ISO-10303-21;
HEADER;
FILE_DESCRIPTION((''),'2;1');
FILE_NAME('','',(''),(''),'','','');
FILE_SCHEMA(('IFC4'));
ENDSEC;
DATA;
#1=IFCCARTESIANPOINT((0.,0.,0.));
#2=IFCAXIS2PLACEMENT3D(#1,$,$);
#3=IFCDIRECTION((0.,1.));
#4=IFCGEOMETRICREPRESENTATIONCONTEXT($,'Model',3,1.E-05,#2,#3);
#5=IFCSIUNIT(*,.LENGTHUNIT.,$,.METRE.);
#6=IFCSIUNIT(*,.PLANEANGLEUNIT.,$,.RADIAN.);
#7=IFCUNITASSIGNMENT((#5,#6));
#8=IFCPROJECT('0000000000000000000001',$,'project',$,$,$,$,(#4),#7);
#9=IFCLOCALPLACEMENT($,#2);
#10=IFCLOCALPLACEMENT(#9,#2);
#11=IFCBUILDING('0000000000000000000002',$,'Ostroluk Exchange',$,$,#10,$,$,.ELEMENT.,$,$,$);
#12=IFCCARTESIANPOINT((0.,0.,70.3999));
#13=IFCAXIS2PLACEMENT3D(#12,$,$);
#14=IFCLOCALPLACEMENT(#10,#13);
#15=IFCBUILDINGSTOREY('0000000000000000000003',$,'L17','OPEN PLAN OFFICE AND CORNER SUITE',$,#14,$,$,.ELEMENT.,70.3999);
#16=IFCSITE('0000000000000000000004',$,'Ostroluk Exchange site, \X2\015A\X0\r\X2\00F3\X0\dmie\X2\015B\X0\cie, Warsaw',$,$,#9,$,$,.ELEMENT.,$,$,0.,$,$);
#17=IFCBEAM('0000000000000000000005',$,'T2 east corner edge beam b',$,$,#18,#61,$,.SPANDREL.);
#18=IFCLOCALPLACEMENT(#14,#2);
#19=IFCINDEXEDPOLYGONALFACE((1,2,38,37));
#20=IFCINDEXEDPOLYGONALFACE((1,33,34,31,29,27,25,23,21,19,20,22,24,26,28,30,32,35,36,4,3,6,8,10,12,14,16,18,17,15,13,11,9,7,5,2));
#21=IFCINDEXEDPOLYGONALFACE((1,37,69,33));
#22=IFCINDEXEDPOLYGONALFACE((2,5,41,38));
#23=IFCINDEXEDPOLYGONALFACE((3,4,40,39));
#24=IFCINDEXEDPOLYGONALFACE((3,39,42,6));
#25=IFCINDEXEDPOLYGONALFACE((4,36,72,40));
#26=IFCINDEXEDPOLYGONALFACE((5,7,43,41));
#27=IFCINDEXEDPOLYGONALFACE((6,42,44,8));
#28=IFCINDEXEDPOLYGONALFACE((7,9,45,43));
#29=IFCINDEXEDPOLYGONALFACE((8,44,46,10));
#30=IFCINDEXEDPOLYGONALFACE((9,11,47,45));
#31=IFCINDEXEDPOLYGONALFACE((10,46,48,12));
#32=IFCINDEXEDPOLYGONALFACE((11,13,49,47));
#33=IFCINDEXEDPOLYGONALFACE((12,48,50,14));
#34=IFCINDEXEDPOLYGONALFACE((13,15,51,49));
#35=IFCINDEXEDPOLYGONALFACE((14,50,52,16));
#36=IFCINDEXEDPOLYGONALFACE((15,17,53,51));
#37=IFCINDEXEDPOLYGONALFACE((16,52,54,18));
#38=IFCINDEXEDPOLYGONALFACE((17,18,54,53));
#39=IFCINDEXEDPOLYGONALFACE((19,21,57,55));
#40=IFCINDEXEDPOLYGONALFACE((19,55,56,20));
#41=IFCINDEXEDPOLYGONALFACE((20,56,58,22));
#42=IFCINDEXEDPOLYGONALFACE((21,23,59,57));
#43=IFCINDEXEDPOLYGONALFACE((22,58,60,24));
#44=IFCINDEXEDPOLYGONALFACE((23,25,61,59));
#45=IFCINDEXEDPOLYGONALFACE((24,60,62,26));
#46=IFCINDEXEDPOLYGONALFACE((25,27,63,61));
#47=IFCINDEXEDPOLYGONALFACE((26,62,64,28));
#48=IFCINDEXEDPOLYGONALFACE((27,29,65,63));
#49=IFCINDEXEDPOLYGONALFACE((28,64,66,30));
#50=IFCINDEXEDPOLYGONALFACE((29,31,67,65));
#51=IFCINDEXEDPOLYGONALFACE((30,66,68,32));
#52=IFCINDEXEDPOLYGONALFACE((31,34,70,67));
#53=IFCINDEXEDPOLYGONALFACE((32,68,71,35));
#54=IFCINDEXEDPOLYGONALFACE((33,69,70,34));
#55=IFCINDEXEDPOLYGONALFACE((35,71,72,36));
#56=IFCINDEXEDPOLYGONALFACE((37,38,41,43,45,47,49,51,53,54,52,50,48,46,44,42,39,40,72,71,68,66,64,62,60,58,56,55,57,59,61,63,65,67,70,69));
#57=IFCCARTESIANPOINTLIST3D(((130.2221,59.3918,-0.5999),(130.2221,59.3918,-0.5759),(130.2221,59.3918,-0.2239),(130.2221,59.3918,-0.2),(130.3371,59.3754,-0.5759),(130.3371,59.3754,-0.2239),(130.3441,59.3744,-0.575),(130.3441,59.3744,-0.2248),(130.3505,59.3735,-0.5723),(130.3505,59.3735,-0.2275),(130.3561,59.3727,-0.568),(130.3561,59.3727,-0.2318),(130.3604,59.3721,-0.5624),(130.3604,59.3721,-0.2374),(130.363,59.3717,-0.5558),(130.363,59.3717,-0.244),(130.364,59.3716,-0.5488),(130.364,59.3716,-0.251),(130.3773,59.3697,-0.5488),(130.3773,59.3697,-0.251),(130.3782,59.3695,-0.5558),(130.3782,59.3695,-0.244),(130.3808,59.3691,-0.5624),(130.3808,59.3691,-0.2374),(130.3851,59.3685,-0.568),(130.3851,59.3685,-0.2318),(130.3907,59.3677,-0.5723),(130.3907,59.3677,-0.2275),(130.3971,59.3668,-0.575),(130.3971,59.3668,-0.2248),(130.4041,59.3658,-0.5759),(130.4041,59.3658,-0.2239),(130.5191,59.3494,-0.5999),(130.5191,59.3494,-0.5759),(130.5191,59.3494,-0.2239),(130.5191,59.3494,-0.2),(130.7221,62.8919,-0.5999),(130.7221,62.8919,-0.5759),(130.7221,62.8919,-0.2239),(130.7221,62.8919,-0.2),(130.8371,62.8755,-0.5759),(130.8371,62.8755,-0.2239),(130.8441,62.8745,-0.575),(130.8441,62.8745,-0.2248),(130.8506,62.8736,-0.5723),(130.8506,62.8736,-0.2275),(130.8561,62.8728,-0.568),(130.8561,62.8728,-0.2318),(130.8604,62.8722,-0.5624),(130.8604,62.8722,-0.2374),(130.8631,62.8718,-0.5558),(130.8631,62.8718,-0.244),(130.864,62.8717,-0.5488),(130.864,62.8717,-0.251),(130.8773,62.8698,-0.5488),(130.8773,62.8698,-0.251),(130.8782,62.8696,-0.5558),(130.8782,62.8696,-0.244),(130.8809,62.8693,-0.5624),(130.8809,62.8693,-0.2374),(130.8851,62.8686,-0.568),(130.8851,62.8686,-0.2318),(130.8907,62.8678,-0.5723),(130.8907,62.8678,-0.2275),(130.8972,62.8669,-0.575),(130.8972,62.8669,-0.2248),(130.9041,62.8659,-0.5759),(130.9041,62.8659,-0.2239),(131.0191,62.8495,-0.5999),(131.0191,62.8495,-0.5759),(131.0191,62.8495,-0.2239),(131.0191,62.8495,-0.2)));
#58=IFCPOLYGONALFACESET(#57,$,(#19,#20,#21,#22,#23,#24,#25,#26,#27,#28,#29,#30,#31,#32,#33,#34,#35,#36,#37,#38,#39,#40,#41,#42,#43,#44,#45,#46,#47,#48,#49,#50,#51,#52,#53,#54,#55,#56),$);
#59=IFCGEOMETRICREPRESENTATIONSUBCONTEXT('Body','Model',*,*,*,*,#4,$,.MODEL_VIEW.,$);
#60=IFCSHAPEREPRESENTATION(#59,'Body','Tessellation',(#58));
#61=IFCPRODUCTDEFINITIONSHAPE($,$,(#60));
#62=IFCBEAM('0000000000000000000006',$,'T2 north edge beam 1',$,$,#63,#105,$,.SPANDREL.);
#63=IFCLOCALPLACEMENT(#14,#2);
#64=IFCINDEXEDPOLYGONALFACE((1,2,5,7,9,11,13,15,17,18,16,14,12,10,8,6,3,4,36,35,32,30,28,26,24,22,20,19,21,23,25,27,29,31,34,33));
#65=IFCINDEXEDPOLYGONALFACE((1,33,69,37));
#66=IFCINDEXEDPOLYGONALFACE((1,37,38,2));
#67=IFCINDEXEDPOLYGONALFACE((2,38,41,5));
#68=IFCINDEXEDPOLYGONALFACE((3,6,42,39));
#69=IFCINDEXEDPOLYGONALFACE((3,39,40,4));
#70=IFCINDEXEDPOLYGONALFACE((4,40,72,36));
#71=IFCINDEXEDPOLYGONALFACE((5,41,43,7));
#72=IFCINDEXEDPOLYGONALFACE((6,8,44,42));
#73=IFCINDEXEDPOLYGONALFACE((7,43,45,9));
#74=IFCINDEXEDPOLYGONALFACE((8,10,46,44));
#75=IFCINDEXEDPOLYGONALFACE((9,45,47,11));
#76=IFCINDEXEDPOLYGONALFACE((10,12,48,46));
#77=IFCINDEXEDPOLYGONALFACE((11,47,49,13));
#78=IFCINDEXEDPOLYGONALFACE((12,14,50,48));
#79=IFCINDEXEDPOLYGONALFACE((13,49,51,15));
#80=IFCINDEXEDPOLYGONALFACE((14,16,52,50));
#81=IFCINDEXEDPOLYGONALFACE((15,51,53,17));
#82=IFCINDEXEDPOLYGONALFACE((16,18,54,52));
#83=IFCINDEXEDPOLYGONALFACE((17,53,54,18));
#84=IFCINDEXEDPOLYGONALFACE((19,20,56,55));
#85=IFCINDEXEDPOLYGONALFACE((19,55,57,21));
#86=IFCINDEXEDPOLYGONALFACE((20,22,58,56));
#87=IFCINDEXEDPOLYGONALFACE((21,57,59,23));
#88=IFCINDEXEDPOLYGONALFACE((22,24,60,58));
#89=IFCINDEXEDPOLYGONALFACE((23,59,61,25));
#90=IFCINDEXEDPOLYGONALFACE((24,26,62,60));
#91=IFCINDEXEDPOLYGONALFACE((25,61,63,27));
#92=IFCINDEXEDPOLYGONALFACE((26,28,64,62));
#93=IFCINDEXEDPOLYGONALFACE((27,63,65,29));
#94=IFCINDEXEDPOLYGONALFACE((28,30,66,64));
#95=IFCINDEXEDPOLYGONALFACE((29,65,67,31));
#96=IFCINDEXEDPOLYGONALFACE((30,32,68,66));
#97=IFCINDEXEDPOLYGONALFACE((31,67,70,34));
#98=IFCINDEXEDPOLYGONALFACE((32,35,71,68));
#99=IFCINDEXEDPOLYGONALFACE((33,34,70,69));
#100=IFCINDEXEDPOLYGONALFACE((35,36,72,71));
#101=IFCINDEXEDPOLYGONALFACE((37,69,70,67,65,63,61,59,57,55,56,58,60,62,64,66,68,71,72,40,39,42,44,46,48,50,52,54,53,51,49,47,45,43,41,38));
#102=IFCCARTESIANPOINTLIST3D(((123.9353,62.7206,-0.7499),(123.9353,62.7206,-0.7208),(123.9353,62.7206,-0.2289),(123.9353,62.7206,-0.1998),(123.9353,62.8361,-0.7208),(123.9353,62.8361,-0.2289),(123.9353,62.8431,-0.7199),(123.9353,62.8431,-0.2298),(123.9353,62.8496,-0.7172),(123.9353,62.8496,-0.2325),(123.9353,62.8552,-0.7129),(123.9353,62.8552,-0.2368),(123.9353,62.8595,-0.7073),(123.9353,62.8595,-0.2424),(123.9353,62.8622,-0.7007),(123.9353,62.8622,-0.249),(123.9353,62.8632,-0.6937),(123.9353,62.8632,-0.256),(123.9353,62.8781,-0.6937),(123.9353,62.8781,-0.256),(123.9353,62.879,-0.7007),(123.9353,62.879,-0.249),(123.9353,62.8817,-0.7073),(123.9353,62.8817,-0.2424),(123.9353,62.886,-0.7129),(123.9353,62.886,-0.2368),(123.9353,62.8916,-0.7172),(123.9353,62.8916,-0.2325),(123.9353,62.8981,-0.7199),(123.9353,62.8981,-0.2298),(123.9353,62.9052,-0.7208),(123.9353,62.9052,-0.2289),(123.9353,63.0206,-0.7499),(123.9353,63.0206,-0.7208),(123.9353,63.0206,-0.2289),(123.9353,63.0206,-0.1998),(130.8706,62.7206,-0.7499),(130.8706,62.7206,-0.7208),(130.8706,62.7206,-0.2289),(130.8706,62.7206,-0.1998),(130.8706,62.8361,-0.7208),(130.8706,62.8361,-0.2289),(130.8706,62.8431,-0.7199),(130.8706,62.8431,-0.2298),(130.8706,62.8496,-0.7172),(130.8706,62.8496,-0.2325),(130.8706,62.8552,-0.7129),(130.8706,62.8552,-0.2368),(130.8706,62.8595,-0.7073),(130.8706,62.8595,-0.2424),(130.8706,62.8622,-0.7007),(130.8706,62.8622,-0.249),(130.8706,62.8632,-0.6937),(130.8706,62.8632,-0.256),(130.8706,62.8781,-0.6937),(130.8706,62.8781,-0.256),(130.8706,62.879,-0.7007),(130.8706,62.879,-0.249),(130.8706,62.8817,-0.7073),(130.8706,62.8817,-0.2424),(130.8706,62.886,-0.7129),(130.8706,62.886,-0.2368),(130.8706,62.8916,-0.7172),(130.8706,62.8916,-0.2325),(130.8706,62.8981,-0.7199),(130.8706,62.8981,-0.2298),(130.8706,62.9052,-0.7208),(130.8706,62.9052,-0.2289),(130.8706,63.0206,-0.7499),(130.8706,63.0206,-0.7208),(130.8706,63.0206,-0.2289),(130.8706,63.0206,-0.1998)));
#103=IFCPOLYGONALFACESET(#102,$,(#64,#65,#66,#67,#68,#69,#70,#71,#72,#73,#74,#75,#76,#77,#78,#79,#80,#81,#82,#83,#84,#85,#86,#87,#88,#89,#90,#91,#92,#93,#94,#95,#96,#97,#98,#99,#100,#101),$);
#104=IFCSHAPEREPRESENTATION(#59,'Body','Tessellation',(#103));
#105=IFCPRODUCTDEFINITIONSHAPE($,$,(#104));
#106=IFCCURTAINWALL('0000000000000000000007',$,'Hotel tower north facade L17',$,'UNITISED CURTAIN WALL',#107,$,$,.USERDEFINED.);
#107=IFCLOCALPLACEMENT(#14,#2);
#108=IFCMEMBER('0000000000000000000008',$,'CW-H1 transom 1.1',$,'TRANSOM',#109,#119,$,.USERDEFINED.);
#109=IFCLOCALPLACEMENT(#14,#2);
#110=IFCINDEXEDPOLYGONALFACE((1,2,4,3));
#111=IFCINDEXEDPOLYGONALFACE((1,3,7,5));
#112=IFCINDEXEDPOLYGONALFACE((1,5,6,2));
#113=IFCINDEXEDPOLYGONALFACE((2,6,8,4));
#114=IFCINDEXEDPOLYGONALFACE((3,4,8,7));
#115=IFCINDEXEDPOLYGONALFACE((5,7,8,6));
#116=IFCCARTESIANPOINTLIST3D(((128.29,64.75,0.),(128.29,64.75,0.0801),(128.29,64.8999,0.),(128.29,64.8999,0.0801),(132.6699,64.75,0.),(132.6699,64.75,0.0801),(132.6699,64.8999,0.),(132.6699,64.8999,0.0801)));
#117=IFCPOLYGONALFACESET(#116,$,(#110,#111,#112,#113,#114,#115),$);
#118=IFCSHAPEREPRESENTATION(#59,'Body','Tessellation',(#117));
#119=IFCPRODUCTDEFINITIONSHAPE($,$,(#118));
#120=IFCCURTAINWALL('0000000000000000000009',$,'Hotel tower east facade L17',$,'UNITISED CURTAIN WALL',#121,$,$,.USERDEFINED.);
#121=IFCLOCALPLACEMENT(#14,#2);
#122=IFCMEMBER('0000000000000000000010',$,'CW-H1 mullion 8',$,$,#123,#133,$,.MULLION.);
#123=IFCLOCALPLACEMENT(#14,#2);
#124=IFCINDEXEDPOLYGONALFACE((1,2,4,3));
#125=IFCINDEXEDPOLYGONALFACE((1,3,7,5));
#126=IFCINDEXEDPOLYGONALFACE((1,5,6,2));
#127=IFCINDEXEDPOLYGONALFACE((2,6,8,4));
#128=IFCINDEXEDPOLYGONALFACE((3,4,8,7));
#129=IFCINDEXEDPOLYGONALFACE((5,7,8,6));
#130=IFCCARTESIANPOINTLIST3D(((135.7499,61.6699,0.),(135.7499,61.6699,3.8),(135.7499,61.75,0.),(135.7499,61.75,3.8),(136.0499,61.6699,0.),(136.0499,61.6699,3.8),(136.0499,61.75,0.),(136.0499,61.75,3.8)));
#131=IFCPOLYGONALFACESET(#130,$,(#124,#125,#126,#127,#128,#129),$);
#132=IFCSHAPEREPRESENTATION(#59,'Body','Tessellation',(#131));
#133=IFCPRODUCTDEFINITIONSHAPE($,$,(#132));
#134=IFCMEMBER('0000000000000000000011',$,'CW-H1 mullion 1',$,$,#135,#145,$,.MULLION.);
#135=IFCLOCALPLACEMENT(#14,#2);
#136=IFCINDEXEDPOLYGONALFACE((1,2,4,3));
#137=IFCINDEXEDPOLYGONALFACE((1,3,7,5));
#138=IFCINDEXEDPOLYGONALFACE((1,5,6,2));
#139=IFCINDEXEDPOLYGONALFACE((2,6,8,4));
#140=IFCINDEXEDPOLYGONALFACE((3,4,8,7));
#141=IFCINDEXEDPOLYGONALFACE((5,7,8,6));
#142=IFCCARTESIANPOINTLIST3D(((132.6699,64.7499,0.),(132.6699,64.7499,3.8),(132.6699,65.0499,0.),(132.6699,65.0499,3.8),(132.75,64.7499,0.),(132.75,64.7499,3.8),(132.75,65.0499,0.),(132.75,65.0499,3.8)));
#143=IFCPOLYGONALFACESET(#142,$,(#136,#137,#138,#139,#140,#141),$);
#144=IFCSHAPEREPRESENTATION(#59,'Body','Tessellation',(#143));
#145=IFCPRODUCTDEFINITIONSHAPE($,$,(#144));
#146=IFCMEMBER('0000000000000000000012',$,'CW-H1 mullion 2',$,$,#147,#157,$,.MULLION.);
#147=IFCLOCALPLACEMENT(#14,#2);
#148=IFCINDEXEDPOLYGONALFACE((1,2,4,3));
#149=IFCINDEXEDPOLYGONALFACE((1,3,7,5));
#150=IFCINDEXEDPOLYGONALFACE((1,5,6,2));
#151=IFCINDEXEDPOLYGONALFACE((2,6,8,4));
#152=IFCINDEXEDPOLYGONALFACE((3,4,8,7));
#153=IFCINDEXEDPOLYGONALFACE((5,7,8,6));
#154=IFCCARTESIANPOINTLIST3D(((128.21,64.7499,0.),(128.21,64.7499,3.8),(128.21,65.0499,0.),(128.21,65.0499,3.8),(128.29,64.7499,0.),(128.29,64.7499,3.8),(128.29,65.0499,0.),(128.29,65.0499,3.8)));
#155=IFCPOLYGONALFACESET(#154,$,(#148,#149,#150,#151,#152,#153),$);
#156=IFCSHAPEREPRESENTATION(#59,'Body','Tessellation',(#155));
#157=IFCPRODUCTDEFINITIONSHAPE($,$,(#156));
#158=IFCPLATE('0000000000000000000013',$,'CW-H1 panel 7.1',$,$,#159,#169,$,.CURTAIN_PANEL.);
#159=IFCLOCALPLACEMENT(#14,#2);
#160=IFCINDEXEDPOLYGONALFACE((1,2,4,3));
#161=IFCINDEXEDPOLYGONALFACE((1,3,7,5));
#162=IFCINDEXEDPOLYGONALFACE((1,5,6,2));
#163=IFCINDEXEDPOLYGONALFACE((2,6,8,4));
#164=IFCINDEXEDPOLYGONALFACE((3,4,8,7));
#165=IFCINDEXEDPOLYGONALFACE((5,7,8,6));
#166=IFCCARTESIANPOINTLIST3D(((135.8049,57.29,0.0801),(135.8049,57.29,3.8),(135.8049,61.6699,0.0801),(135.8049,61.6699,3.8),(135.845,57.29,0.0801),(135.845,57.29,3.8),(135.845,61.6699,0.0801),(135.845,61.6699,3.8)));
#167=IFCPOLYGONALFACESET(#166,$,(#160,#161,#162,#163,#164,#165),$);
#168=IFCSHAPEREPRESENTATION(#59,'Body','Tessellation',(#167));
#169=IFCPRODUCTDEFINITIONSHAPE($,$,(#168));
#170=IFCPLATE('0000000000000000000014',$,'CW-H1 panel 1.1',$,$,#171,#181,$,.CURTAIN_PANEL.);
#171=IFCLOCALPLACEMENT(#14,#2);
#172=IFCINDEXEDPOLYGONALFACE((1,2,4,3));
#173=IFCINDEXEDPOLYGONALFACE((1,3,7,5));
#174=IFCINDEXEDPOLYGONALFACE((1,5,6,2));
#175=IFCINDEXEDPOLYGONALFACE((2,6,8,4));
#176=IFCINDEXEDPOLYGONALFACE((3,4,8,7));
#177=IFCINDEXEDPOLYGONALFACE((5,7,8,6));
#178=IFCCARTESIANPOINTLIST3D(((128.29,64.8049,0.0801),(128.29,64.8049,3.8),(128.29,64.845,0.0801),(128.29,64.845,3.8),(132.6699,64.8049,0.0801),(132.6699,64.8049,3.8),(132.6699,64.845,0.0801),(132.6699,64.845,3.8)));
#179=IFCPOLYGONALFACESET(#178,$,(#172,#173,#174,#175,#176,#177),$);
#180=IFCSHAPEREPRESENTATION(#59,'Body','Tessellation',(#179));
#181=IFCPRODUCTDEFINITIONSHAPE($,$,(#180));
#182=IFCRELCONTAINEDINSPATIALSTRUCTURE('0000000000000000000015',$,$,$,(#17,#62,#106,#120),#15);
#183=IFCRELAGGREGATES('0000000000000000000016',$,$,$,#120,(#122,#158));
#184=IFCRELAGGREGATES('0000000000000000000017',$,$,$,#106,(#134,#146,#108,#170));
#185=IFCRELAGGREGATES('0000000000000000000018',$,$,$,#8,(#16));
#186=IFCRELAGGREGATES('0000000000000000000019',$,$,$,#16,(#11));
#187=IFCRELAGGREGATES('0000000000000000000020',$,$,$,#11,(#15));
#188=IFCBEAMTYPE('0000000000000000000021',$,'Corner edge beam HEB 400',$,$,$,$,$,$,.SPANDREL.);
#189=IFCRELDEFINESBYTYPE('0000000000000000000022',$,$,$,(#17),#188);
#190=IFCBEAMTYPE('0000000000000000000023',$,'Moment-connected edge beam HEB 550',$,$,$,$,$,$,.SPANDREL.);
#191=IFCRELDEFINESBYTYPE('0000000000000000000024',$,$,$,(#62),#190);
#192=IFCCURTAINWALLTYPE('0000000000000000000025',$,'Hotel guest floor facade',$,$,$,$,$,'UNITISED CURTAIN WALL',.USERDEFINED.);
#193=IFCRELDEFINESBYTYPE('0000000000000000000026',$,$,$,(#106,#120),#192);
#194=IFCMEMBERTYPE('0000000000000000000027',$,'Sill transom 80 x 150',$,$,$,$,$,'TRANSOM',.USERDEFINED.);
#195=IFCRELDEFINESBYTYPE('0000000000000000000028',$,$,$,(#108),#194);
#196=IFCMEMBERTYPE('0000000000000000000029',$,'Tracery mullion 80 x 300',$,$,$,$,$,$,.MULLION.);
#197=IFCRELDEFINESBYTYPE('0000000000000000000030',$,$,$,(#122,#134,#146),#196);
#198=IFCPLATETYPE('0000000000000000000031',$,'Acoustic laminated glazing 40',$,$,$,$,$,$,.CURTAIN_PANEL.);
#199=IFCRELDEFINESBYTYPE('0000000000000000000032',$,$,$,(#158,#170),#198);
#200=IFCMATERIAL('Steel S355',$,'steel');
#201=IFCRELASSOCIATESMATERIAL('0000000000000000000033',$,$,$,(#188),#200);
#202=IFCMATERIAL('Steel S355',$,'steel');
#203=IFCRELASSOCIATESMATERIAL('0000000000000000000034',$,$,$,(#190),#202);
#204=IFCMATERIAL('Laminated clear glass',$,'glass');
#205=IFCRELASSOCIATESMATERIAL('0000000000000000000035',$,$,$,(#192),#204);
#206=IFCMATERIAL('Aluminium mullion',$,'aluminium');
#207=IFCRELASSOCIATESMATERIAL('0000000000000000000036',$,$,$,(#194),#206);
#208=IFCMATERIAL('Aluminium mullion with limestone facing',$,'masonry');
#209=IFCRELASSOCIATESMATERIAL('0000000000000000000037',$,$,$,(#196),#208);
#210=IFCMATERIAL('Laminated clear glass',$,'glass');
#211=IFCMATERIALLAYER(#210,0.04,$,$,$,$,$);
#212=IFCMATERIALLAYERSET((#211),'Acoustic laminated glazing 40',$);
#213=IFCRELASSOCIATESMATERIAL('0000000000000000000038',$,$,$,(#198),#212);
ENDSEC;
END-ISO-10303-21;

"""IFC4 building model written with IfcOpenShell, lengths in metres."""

from ifc_helpers import new_model, si_unit, direction, frame, origin, origin_2d, place, context, subcontext, project, spatial, rectangle, i_section, extrude, material, layer, layer_set, material_profile, profile_set, type_object, element, aggregate, save


model = new_model("IFC4")

# Units and contexts
model_context = context("Model", 3, precision=1e-05, world=origin(), true_north=direction((0.0, 1.0)))
body_context = subcontext(model_context, "Body", "Model", "MODEL_VIEW")
ifc_project = project(units=[si_unit("LENGTHUNIT", "METRE"), si_unit("PLANEANGLEUNIT", "RADIAN")], contexts=[model_context])

# Site, building, storey
site_placement = place(None, origin())
site = spatial("IfcSite", under=ifc_project, at=site_placement, Name="Ostroluk Exchange site, Śródmieście, Warsaw", CompositionType="ELEMENT", RefElevation=0.0)
building_placement = place(site_placement, origin())
building = spatial("IfcBuilding", under=site, at=building_placement, Name="Ostroluk Exchange", CompositionType="ELEMENT")
storey_placement = place(building_placement, frame((0.0, 0.0, 70.3999)))
storey = spatial("IfcBuildingStorey", under=building, at=storey_placement, Name="L17", Description="OPEN PLAN OFFICE AND CORNER SUITE", CompositionType="ELEMENT", Elevation=70.3999)

# Beams
ifc_material_1 = material(Name="Steel S355", Category="steel")
ifc_material_profile_1 = material_profile(ifc_material_1, i_section(OverallWidth=0.3, OverallDepth=0.3999, WebThickness=0.0134, FlangeThickness=0.0239, FilletRadius=0.0271, at=origin_2d()), Name="HEB 400")
ifc_profile_set_1 = profile_set([ifc_material_profile_1], Name="Steel S355")
beam_type_1 = type_object("IfcBeamType", Name="Corner edge beam HEB 400", PredefinedType="SPANDREL", material=ifc_profile_set_1)
for number, where, z_axis, x_axis, name in (
    (1, (130.3706, 59.3706, -0.3999), (0.141421, 0.989949, 0.0), (-0.989949, 0.141421, 0.0), "T2 east corner edge beam b"),
):
    element("IfcBeam", number, at=place(storey_placement, frame(where, z_axis=z_axis, x_axis=x_axis)), inside=storey, type_object=beam_type_1, Name=name, PredefinedType="SPANDREL", context=body_context, shape_type="SweptSolid", body=[
        extrude(i_section(OverallWidth=0.3, OverallDepth=0.3999, WebThickness=0.0134, FlangeThickness=0.0239, FilletRadius=0.0271, at=origin_2d()), origin(), (0.0, 0.0, 1.0), 3.5356),
    ])
ifc_material_2 = material(Name="Steel S355", Category="steel")
ifc_material_profile_2 = material_profile(ifc_material_2, i_section(OverallWidth=0.3, OverallDepth=0.55, WebThickness=0.0149, FlangeThickness=0.0291, FilletRadius=0.0271, at=origin_2d()), Name="HEB 550")
ifc_profile_set_2 = profile_set([ifc_material_profile_2], Name="Steel S355")
beam_type_2 = type_object("IfcBeamType", Name="Moment-connected edge beam HEB 550", PredefinedType="SPANDREL", material=ifc_profile_set_2)
beam_1_placement = place(storey_placement, frame((130.8706, 62.8706, -0.4749), z_axis=(-1.0, 0.0, 0.0), x_axis=(0.0, -1.0, 0.0)))
element("IfcBeam", 2, at=beam_1_placement, inside=storey, type_object=beam_type_2, Name="T2 north edge beam 1", PredefinedType="SPANDREL", context=body_context, shape_type="SweptSolid", body=[
    extrude(i_section(OverallWidth=0.3, OverallDepth=0.55, WebThickness=0.0149, FlangeThickness=0.0291, FilletRadius=0.0271, at=origin_2d()), origin(), (0.0, 0.0, 1.0), 6.9353),
])

# Curtain walls, members
ifc_material_3 = material(Name="Laminated clear glass", Category="glass")
curtain_wall_type = type_object("IfcCurtainWallType", Name="Hotel guest floor facade", ElementType="UNITISED CURTAIN WALL", PredefinedType="USERDEFINED", material=ifc_material_3)
curtain_wall_1_placement = place(storey_placement, origin())
curtain_wall_1 = element("IfcCurtainWall", 3, at=curtain_wall_1_placement, inside=storey, type_object=curtain_wall_type, Name="Hotel tower north facade L17", ObjectType="UNITISED CURTAIN WALL", PredefinedType="USERDEFINED")
ifc_material_4 = material(Name="Aluminium mullion", Category="aluminium")
ifc_material_profile_3 = material_profile(ifc_material_4, rectangle(XDim=0.1499, YDim=0.0801, at=origin_2d()), Name="Sill transom 80 x 150")
ifc_profile_set_3 = profile_set([ifc_material_profile_3], Name="Aluminium mullion")
member_type_1 = type_object("IfcMemberType", Name="Sill transom 80 x 150", ElementType="TRANSOM", PredefinedType="USERDEFINED", material=ifc_profile_set_3)
member_1_placement = place(storey_placement, frame((132.6699, 64.825, 0.04), z_axis=(-1.0, 0.0, 0.0), x_axis=(0.0, -1.0, 0.0)))
member_1 = element("IfcMember", 4, at=member_1_placement, type_object=member_type_1, Name="CW-H1 transom 1.1", ObjectType="TRANSOM", PredefinedType="USERDEFINED", context=body_context, shape_type="SweptSolid", body=[
    extrude(rectangle(XDim=0.1499, YDim=0.0801, at=origin_2d()), origin(), (0.0, 0.0, 1.0), 4.3799),
])
curtain_wall_2_placement = place(storey_placement, origin())
curtain_wall_2 = element("IfcCurtainWall", 5, at=curtain_wall_2_placement, inside=storey, type_object=curtain_wall_type, Name="Hotel tower east facade L17", ObjectType="UNITISED CURTAIN WALL", PredefinedType="USERDEFINED")
ifc_material_5 = material(Name="Aluminium mullion with limestone facing", Category="masonry")
ifc_material_profile_4 = material_profile(ifc_material_5, rectangle(XDim=0.3, YDim=0.0801, at=origin_2d()), Name="Tracery mullion 80 x 300")
ifc_profile_set_4 = profile_set([ifc_material_profile_4], Name="Aluminium mullion with limestone facing")
member_type_2 = type_object("IfcMemberType", Name="Tracery mullion 80 x 300", PredefinedType="MULLION", material=ifc_profile_set_4)
member_2_placement = place(storey_placement, frame((135.8999, 61.71, 0.0), z_axis=(0.0, 0.0, 1.0), x_axis=(-1.0, 0.0, 0.0)))
member_2 = element("IfcMember", 6, at=member_2_placement, type_object=member_type_2, Name="CW-H1 mullion 8", PredefinedType="MULLION", context=body_context, shape_type="SweptSolid", body=[
    extrude(rectangle(XDim=0.3, YDim=0.0801, at=origin_2d()), origin(), (0.0, 0.0, 1.0), 3.8),
])

# Members
member_3_placement = place(storey_placement, frame((132.71, 64.8999, 0.0), z_axis=(0.0, 0.0, 1.0), x_axis=(0.0, -1.0, 0.0)))
member_3 = element("IfcMember", 7, at=member_3_placement, type_object=member_type_2, Name="CW-H1 mullion 1", PredefinedType="MULLION", context=body_context, shape_type="SweptSolid", body=[
    extrude(rectangle(XDim=0.3, YDim=0.0801, at=origin_2d()), origin(), (0.0, 0.0, 1.0), 3.8),
])
member_4_placement = place(storey_placement, frame((128.25, 64.8999, 0.0), z_axis=(0.0, 0.0, 1.0), x_axis=(0.0, -1.0, 0.0)))
member_4 = element("IfcMember", 8, at=member_4_placement, type_object=member_type_2, Name="CW-H1 mullion 2", PredefinedType="MULLION", context=body_context, shape_type="SweptSolid", body=[
    extrude(rectangle(XDim=0.3, YDim=0.0801, at=origin_2d()), origin(), (0.0, 0.0, 1.0), 3.8),
])

# Plates
ifc_material_6 = material(Name="Laminated clear glass", Category="glass")
ifc_layer_1 = layer(ifc_material_6, 0.04)
ifc_layer_set_1 = layer_set([ifc_layer_1], Name="Acoustic laminated glazing 40")
plate_type_1 = type_object("IfcPlateType", Name="Acoustic laminated glazing 40", PredefinedType="CURTAIN_PANEL", material=ifc_layer_set_1)
plate_1_placement = place(storey_placement, frame((135.825, 59.48, 0.0801), z_axis=(0.0, 0.0, 1.0), x_axis=(0.0, 1.0, 0.0)))
plate_1 = element("IfcPlate", 9, at=plate_1_placement, type_object=plate_type_1, Name="CW-H1 panel 7.1", PredefinedType="CURTAIN_PANEL", context=body_context, shape_type="SweptSolid", body=[
    extrude(rectangle(XDim=4.3799, YDim=0.04, at=origin_2d()), origin(), (0.0, 0.0, 1.0), 3.72),
])
aggregate(curtain_wall_2, [member_2, plate_1])
plate_2_placement = place(storey_placement, frame((130.48, 64.825, 0.0801), z_axis=(0.0, 0.0, 1.0), x_axis=(-1.0, 0.0, 0.0)))
plate_2 = element("IfcPlate", 10, at=plate_2_placement, type_object=plate_type_1, Name="CW-H1 panel 1.1", PredefinedType="CURTAIN_PANEL", context=body_context, shape_type="SweptSolid", body=[
    extrude(rectangle(XDim=4.3799, YDim=0.04, at=origin_2d()), origin(), (0.0, 0.0, 1.0), 3.72),
])
aggregate(curtain_wall_1, [member_3, member_4, member_1, plate_2])

save(model, "model.ifc")
